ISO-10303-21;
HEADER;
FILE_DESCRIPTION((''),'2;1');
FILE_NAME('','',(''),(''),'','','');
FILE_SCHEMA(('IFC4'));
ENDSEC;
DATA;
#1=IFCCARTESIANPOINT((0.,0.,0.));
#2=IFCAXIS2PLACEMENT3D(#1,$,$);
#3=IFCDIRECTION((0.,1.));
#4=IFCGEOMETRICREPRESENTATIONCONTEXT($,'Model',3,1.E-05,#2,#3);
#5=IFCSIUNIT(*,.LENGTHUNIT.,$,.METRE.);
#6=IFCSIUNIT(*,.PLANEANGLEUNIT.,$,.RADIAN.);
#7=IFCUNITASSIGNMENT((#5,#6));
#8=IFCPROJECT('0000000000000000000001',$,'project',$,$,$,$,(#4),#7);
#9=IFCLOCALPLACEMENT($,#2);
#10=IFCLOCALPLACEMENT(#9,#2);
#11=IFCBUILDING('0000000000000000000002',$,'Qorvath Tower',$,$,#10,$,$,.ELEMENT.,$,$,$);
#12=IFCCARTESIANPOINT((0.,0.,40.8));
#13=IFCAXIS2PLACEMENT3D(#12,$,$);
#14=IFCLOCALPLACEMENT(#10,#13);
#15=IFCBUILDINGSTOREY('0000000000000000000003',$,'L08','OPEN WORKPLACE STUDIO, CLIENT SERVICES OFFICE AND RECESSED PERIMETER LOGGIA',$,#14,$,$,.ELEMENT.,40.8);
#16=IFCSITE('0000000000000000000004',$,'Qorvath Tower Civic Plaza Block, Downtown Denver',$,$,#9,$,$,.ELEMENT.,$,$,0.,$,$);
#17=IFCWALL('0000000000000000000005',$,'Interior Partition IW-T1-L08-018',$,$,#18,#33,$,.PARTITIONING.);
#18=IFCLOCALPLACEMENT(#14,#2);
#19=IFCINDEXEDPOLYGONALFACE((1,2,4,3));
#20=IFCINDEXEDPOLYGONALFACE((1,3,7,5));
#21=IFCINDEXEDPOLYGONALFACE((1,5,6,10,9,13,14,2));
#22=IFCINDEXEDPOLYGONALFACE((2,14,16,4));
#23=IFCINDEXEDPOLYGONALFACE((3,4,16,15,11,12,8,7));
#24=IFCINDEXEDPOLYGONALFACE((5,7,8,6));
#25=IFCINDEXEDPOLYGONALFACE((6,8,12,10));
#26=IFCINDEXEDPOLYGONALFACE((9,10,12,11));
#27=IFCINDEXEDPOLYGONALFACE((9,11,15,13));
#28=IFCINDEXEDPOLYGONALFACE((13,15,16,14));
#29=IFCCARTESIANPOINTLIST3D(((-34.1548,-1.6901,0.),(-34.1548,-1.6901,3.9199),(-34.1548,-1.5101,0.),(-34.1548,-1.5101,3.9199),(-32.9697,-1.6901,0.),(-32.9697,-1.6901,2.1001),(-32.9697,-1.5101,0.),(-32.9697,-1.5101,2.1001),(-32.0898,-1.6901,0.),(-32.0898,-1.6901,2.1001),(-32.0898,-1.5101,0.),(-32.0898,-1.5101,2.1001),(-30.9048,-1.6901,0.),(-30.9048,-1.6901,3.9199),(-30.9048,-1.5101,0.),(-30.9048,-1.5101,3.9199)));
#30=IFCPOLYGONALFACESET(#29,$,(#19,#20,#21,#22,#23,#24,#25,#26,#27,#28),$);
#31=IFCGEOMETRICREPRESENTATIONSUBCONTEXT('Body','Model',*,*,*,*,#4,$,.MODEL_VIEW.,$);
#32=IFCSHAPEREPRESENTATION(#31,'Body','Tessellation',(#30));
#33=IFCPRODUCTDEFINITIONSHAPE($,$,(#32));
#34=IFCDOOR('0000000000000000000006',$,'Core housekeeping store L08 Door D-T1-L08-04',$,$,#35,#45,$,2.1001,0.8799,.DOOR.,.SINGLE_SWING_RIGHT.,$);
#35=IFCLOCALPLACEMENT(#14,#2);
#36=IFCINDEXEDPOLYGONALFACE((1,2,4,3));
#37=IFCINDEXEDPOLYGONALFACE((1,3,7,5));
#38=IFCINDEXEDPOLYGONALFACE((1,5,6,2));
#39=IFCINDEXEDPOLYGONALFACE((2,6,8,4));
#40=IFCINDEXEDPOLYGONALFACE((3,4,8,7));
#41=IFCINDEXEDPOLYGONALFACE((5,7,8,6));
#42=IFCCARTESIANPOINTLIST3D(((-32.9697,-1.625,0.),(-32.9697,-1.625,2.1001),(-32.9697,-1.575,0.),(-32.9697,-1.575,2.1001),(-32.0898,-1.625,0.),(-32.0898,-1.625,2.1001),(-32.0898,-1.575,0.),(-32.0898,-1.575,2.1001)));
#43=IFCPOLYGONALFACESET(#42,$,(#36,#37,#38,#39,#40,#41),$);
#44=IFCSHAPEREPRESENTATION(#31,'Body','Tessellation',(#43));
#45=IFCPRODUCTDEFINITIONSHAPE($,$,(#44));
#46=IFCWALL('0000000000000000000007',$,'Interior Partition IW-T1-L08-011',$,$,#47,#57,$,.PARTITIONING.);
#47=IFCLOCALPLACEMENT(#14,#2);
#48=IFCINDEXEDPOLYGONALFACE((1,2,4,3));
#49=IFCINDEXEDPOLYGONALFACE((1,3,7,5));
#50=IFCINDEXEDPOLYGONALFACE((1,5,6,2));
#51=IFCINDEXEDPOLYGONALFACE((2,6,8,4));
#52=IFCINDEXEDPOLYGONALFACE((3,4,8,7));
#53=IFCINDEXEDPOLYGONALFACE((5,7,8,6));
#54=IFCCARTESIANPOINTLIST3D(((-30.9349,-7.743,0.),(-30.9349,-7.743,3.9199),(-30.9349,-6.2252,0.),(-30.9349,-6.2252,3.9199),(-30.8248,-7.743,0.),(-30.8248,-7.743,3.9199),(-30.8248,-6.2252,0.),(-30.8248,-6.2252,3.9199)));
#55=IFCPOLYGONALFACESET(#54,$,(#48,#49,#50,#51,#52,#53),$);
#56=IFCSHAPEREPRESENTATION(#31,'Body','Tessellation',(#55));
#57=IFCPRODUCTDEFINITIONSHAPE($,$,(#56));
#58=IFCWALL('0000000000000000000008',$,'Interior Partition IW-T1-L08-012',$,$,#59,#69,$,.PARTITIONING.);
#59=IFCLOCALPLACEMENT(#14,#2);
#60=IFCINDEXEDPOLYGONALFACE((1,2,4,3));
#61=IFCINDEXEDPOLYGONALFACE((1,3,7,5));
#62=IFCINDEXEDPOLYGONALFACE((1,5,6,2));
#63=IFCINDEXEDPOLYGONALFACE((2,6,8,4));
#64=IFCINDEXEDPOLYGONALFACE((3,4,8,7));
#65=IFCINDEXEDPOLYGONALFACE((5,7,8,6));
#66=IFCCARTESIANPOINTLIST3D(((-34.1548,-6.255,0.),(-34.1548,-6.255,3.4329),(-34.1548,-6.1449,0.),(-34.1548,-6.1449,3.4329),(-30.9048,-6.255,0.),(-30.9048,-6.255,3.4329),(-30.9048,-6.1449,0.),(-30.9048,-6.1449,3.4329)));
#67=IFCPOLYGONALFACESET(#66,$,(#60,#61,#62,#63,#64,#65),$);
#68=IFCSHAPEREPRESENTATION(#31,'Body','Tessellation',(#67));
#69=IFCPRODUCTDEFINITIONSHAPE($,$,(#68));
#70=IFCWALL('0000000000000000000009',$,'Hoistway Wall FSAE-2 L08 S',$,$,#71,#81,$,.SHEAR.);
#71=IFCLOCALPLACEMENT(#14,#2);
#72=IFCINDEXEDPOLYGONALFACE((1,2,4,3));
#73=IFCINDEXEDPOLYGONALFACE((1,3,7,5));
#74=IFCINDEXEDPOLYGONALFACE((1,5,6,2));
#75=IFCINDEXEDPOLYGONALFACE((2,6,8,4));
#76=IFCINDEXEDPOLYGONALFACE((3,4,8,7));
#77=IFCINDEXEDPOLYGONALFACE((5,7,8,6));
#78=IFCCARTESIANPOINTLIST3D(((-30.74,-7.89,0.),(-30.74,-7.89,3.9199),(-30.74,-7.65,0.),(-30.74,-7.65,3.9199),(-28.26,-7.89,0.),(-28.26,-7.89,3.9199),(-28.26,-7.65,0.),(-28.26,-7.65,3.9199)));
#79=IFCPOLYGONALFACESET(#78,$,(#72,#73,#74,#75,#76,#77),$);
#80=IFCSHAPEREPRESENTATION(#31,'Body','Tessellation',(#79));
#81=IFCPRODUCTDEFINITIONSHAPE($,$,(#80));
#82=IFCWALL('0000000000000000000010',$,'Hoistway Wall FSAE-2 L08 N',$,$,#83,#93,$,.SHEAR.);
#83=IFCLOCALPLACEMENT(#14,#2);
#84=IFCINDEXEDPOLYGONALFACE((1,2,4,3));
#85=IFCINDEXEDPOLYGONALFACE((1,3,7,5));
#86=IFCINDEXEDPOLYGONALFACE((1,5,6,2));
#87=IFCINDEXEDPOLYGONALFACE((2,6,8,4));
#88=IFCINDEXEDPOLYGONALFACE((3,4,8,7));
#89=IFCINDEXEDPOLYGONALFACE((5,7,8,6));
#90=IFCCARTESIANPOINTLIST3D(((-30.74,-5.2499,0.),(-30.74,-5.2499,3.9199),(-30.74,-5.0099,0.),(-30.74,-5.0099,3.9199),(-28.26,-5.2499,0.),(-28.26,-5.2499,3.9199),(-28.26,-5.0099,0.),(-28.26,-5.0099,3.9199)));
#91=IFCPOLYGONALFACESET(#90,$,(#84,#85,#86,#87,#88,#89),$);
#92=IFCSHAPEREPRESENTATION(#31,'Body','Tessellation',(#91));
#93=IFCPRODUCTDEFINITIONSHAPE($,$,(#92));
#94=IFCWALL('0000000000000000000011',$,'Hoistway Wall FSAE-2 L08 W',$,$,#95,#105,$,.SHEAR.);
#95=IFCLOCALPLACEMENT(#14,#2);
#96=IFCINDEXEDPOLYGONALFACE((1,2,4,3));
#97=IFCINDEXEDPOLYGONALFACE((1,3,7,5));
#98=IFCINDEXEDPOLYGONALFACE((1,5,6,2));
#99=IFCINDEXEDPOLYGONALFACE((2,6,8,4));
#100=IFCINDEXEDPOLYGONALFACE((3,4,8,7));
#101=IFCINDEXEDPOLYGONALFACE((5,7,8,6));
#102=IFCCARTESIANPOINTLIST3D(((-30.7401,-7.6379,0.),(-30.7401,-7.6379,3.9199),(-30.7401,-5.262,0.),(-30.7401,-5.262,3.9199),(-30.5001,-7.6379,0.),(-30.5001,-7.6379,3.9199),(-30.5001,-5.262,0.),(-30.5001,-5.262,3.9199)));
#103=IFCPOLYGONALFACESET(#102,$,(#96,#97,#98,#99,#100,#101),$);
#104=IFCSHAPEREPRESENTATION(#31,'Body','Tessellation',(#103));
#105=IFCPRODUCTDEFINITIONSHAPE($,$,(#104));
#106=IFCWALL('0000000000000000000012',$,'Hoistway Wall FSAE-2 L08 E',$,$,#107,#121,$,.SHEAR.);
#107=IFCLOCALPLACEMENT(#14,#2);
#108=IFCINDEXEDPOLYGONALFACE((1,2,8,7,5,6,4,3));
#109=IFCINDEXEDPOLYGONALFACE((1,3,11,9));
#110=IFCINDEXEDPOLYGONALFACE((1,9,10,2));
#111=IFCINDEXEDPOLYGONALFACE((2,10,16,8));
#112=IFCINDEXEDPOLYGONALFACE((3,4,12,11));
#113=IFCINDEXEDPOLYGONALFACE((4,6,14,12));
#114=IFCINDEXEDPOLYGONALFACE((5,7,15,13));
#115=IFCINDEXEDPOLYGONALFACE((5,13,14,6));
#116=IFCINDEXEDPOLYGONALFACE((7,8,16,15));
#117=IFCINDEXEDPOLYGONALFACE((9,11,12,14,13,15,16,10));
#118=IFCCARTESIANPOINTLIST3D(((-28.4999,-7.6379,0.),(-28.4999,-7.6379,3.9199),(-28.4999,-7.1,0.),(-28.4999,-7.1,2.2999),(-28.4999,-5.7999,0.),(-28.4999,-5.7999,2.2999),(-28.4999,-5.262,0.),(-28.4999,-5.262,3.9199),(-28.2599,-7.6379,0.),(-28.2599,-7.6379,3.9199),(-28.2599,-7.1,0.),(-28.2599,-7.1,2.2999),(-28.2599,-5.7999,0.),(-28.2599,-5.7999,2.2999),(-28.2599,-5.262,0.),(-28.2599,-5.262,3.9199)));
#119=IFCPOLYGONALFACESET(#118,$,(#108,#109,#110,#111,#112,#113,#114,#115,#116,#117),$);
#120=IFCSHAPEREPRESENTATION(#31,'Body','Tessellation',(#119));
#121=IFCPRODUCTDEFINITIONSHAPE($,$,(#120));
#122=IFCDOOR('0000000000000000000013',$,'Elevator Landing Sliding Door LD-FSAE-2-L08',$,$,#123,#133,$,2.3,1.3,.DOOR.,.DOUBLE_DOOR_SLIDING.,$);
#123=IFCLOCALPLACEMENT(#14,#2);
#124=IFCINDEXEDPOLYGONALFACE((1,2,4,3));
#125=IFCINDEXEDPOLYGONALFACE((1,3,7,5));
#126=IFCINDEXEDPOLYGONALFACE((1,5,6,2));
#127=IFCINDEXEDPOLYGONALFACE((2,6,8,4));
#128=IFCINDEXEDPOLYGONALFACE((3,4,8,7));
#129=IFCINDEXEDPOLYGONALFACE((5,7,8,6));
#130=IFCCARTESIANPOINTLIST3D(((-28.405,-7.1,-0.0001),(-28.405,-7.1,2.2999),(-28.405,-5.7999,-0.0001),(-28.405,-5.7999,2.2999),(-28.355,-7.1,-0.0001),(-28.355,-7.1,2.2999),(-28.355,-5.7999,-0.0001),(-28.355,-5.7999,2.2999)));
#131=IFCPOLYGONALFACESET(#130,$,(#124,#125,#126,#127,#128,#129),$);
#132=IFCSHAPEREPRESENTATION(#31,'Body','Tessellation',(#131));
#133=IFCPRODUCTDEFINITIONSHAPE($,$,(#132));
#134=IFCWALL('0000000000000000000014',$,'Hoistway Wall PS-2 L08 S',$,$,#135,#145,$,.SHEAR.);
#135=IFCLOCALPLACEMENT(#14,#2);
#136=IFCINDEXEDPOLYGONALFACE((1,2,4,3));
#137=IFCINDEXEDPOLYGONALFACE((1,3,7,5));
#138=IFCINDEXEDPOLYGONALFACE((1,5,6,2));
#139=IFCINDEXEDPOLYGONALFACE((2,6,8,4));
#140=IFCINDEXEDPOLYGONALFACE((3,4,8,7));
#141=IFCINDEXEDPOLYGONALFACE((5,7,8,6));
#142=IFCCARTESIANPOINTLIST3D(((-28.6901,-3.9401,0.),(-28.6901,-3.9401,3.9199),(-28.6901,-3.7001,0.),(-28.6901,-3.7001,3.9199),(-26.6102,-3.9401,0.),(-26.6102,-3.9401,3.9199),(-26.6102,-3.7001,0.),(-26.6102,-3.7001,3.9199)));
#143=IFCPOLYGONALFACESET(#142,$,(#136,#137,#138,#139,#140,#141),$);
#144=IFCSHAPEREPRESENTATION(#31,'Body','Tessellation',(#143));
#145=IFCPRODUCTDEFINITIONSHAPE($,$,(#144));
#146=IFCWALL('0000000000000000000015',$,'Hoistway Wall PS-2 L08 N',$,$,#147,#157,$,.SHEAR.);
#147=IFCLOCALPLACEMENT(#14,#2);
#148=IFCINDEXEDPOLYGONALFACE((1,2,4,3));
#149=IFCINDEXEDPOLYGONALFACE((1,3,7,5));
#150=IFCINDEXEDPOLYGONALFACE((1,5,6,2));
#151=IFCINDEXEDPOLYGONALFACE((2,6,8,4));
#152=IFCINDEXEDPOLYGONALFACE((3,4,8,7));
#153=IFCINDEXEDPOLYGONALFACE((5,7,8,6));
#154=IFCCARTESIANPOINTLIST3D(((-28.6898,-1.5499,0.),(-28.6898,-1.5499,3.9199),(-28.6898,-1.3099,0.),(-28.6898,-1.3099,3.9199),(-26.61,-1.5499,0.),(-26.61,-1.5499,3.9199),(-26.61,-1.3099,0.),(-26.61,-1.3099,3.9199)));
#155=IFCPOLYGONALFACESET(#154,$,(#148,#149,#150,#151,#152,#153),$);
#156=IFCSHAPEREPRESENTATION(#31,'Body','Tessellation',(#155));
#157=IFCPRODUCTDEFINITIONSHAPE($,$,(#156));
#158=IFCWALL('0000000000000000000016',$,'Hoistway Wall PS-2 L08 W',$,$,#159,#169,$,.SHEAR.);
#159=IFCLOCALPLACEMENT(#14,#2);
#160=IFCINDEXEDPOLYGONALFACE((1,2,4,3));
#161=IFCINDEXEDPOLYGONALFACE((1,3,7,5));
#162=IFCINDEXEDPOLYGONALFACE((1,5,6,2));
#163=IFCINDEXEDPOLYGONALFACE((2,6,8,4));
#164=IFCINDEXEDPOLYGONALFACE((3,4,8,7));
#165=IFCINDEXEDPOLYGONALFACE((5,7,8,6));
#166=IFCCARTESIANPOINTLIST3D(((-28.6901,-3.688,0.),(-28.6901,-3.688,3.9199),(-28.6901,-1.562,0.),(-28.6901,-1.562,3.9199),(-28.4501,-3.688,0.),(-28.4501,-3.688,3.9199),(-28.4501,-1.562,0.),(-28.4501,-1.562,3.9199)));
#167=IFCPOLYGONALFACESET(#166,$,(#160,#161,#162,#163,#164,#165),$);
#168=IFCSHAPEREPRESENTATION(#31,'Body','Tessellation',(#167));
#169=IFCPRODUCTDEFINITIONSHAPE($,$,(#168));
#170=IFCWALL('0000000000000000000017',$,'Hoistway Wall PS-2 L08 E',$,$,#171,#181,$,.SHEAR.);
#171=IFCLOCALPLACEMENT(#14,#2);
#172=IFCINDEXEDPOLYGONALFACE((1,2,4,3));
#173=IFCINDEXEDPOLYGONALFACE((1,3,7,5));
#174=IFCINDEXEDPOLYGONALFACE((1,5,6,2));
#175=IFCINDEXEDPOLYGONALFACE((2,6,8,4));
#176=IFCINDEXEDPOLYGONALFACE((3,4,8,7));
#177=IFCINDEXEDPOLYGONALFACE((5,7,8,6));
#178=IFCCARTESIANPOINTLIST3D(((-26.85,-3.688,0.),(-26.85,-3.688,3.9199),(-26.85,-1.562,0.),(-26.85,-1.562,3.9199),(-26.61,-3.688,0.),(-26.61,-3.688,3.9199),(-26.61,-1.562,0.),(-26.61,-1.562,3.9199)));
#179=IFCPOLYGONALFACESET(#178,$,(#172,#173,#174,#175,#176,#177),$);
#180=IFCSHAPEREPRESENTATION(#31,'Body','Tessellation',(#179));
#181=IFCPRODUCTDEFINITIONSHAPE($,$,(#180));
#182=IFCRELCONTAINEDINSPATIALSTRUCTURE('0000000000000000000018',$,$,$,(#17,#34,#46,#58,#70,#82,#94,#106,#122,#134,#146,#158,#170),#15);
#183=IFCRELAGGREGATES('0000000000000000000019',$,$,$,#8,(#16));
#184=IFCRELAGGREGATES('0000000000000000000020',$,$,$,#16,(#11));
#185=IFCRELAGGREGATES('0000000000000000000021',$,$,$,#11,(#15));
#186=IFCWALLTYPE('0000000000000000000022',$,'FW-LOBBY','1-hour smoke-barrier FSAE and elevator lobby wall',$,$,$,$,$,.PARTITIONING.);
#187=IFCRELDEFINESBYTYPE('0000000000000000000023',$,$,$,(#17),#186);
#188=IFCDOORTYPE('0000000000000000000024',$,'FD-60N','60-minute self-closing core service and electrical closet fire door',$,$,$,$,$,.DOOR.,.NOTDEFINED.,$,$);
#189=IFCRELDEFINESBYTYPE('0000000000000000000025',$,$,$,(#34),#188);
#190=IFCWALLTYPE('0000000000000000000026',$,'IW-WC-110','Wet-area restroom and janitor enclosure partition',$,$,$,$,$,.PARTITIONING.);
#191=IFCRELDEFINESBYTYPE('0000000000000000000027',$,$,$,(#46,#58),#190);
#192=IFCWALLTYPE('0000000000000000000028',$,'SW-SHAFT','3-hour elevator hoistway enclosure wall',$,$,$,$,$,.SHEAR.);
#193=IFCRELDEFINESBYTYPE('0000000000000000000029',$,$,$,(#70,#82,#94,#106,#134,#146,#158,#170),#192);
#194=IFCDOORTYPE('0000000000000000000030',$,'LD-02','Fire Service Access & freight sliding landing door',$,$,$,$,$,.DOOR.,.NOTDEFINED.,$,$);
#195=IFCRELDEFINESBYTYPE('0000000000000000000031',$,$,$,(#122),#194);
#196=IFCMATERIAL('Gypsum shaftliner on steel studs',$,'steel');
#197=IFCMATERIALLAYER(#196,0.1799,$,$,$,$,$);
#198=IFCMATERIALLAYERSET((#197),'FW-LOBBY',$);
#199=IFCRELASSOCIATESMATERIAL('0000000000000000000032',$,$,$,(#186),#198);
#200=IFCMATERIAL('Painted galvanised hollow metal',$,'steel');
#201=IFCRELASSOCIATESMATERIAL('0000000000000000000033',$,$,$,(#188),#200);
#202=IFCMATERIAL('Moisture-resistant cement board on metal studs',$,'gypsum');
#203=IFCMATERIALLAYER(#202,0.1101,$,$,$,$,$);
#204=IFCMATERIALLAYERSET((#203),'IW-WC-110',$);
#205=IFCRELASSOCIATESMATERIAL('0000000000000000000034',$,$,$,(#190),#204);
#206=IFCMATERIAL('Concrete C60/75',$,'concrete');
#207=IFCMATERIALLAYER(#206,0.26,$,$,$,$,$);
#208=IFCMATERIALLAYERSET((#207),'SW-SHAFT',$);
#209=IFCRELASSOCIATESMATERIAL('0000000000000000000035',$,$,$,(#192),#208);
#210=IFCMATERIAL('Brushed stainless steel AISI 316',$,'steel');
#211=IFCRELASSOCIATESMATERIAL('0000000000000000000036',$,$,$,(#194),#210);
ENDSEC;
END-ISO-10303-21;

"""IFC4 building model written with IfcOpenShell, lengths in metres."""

from ifc_helpers import new_model, si_unit, direction, frame, frame_2d, origin, place, context, subcontext, project, spatial, rectangle, extrude, material, layer, layer_set, type_object, element, fill, save


model = new_model("IFC4")

# Units and contexts
model_context = context("Model", 3, precision=1e-05, world=origin(), true_north=direction((0.0, 1.0)))
body_context = subcontext(model_context, "Body", "Model", "MODEL_VIEW")
ifc_project = project(units=[si_unit("LENGTHUNIT", "METRE"), si_unit("PLANEANGLEUNIT", "RADIAN")], contexts=[model_context])

# Site, building, storey
site_placement = place(None, origin())
site = spatial("IfcSite", under=ifc_project, at=site_placement, Name="Qorvath Tower Civic Plaza Block, Downtown Denver", CompositionType="ELEMENT", RefElevation=0.0)
building_placement = place(site_placement, origin())
building = spatial("IfcBuilding", under=site, at=building_placement, Name="Qorvath Tower", CompositionType="ELEMENT")
storey_placement = place(building_placement, frame((0.0, 0.0, 40.8)))
storey = spatial("IfcBuildingStorey", under=building, at=storey_placement, Name="L08", Description="OPEN WORKPLACE STUDIO, CLIENT SERVICES OFFICE AND RECESSED PERIMETER LOGGIA", CompositionType="ELEMENT", Elevation=40.8)

# Shared definitions
ifc_material_1 = material(Name="Gypsum shaftliner on steel studs", Category="steel")
ifc_layer_1 = layer(ifc_material_1, 0.1799)
ifc_layer_set_1 = layer_set([ifc_layer_1], Name="FW-LOBBY")
wall_type_1 = type_object("IfcWallType", Name="FW-LOBBY", Description="1-hour smoke-barrier FSAE and elevator lobby wall", PredefinedType="PARTITIONING", material=ifc_layer_set_1)

# Wall, opening, door
wall_1_placement = place(storey_placement, frame((-30.9048, -1.6001, 0.0), z_axis=(0.0, 0.0, 1.0), x_axis=(-1.0, 0.0, 0.0)))
wall_1 = element("IfcWall", 1, at=wall_1_placement, inside=storey, type_object=wall_type_1, Name="Interior Partition IW-T1-L08-018", PredefinedType="PARTITIONING", context=body_context, shape_type="SweptSolid", body=[
    extrude(rectangle(XDim=3.25, YDim=0.1799, at=frame_2d((1.625, 0.0))), origin(), (0.0, 0.0, 1.0), 3.9199),
])
opening_1_placement = place(wall_1_placement, frame((1.1851, 0.0, 0.0)))
opening_1 = element("IfcOpeningElement", 2, at=opening_1_placement, cuts=wall_1, PredefinedType="OPENING", context=body_context, shape_type="SweptSolid", body=[
    extrude(rectangle(XDim=0.8799, YDim=2.1001, at=frame_2d((0.4399, 1.05))), frame((0.0, 0.1001, 0.0), z_axis=(0.0, -1.0, 0.0), x_axis=(1.0, 0.0, 0.0)), (0.0, 0.0, 1.0), 0.2),
])
ifc_material_2 = material(Name="Painted galvanised hollow metal", Category="steel")
door_type_1 = type_object("IfcDoorType", Name="FD-60N", Description="60-minute self-closing core service and electrical closet fire door", OperationType="NOTDEFINED", PredefinedType="DOOR", material=ifc_material_2)
door_1_placement = place(opening_1_placement, origin())
door_1 = element("IfcDoor", 3, at=door_1_placement, inside=storey, type_object=door_type_1, Name="Core housekeeping store L08 Door D-T1-L08-04", OperationType="SINGLE_SWING_RIGHT", OverallHeight=2.1001, OverallWidth=0.8799, PredefinedType="DOOR", context=body_context, shape_type="SweptSolid", body=[
    extrude(rectangle(XDim=0.8799, YDim=2.1001, at=frame_2d((0.4399, 1.05))), frame((0.0, 0.0249, 0.0), z_axis=(0.0, -1.0, 0.0), x_axis=(1.0, 0.0, 0.0)), (0.0, 0.0, 1.0), 0.05),
])
fill(opening_1, door_1)

# Walls
ifc_material_3 = material(Name="Moisture-resistant cement board on metal studs", Category="gypsum")
ifc_layer_2 = layer(ifc_material_3, 0.1101)
ifc_layer_set_2 = layer_set([ifc_layer_2], Name="IW-WC-110")
wall_type_2 = type_object("IfcWallType", Name="IW-WC-110", Description="Wet-area restroom and janitor enclosure partition", PredefinedType="PARTITIONING", material=ifc_layer_set_2)
wall_2_placement = place(storey_placement, frame((-30.8799, -7.7429, 0.0), z_axis=(0.0, 0.0, 1.0), x_axis=(0.0, 1.0, 0.0)))
element("IfcWall", 4, at=wall_2_placement, inside=storey, type_object=wall_type_2, Name="Interior Partition IW-T1-L08-011", PredefinedType="PARTITIONING", context=body_context, shape_type="SweptSolid", body=[
    extrude(rectangle(XDim=1.5178, YDim=0.1101, at=frame_2d((0.7588, 0.0))), origin(), (0.0, 0.0, 1.0), 3.9199),
])
wall_3_placement = place(storey_placement, frame((-30.9048, -6.2, 0.0), z_axis=(0.0, 0.0, 1.0), x_axis=(-1.0, 0.0, 0.0)))
element("IfcWall", 5, at=wall_3_placement, inside=storey, type_object=wall_type_2, Name="Interior Partition IW-T1-L08-012", PredefinedType="PARTITIONING", context=body_context, shape_type="SweptSolid", body=[
    extrude(rectangle(XDim=3.25, YDim=0.1101, at=frame_2d((1.625, 0.0))), origin(), (0.0, 0.0, 1.0), 3.4329),
])
ifc_material_4 = material(Name="Concrete C60/75", Category="concrete")
ifc_layer_3 = layer(ifc_material_4, 0.26)
ifc_layer_set_3 = layer_set([ifc_layer_3], Name="SW-SHAFT")
wall_type_3 = type_object("IfcWallType", Name="SW-SHAFT", Description="3-hour elevator hoistway enclosure wall", PredefinedType="SHEAR", material=ifc_layer_set_3)
for number, where, z_axis, x_axis, name in (
    (6, (-28.26, -7.77, 0.0), (0.0, 0.0, 1.0), (-1.0, 0.0, 0.0), "Hoistway Wall FSAE-2 L08 S"),
    (7, (-30.74, -5.1299, 0.0), (0.0, 0.0, 1.0), (1.0, 0.0, 0.0), "Hoistway Wall FSAE-2 L08 N"),
):
    element("IfcWall", number, at=place(storey_placement, frame(where, z_axis=z_axis, x_axis=x_axis)), inside=storey, type_object=wall_type_3, Name=name, PredefinedType="SHEAR", context=body_context, shape_type="SweptSolid", body=[
        extrude(rectangle(XDim=2.48, YDim=0.24, at=frame_2d((1.24, 0.0))), origin(), (0.0, 0.0, 1.0), 3.9199),
    ])
wall_4_placement = place(storey_placement, frame((-30.6201, -7.6379, 0.0), z_axis=(0.0, 0.0, 1.0), x_axis=(0.0, 1.0, 0.0)))
element("IfcWall", 8, at=wall_4_placement, inside=storey, type_object=wall_type_3, Name="Hoistway Wall FSAE-2 L08 W", PredefinedType="SHEAR", context=body_context, shape_type="SweptSolid", body=[
    extrude(rectangle(XDim=2.376, YDim=0.24, at=frame_2d((1.188, 0.0))), origin(), (0.0, 0.0, 1.0), 3.9199),
])

# Wall, opening, door
wall_5_placement = place(storey_placement, frame((-28.3799, -5.262, 0.0), z_axis=(0.0, 0.0, 1.0), x_axis=(0.0, -1.0, 0.0)))
wall_5 = element("IfcWall", 9, at=wall_5_placement, inside=storey, type_object=wall_type_3, Name="Hoistway Wall FSAE-2 L08 E", PredefinedType="SHEAR", context=body_context, shape_type="SweptSolid", body=[
    extrude(rectangle(XDim=2.376, YDim=0.24, at=frame_2d((1.188, 0.0))), origin(), (0.0, 0.0, 1.0), 3.9199),
])
opening_2_placement = place(wall_5_placement, frame((0.5381, 0.0, 0.0)))
opening_2 = element("IfcOpeningElement", 10, at=opening_2_placement, cuts=wall_5, PredefinedType="OPENING", context=body_context, shape_type="SweptSolid", body=[
    extrude(rectangle(XDim=1.3, YDim=2.3, at=frame_2d((0.6499, 1.1499))), frame((0.0, 0.1299, 0.0), z_axis=(0.0, -1.0, 0.0), x_axis=(1.0, 0.0, 0.0)), (0.0, 0.0, 1.0), 0.26),
])
ifc_material_5 = material(Name="Brushed stainless steel AISI 316", Category="steel")
door_type_2 = type_object("IfcDoorType", Name="LD-02", Description="Fire Service Access & freight sliding landing door", OperationType="NOTDEFINED", PredefinedType="DOOR", material=ifc_material_5)
door_2_placement = place(opening_2_placement, origin())
door_2 = element("IfcDoor", 11, at=door_2_placement, inside=storey, type_object=door_type_2, Name="Elevator Landing Sliding Door LD-FSAE-2-L08", OperationType="DOUBLE_DOOR_SLIDING", OverallHeight=2.3, OverallWidth=1.3, PredefinedType="DOOR", context=body_context, shape_type="SweptSolid", body=[
    extrude(rectangle(XDim=1.3, YDim=2.3, at=frame_2d((0.6499, 1.1499))), frame((0.0, 0.0249, 0.0), z_axis=(0.0, -1.0, 0.0), x_axis=(1.0, 0.0, 0.0)), (0.0, 0.0, 1.0), 0.05),
])
fill(opening_2, door_2)

# Walls
for number, where, z_axis, x_axis, name in (
    (12, (-26.6101, -3.8201, 0.0), (0.0, 0.0, 1.0), (-1.0, 0.0, 0.0), "Hoistway Wall PS-2 L08 S"),
    (13, (-28.6899, -1.4299, 0.0), (0.0, 0.0, 1.0), (1.0, 0.0, 0.0), "Hoistway Wall PS-2 L08 N"),
):
    element("IfcWall", number, at=place(storey_placement, frame(where, z_axis=z_axis, x_axis=x_axis)), inside=storey, type_object=wall_type_3, Name=name, PredefinedType="SHEAR", context=body_context, shape_type="SweptSolid", body=[
        extrude(rectangle(XDim=2.0798, YDim=0.24, at=frame_2d((1.04, 0.0))), origin(), (0.0, 0.0, 1.0), 3.9199),
    ])
for number, where, z_axis, x_axis, name in (
    (14, (-28.5701, -3.688, 0.0), (0.0, 0.0, 1.0), (0.0, 1.0, 0.0), "Hoistway Wall PS-2 L08 W"),
    (15, (-26.73, -1.562, 0.0), (0.0, 0.0, 1.0), (0.0, -1.0, 0.0), "Hoistway Wall PS-2 L08 E"),
):
    element("IfcWall", number, at=place(storey_placement, frame(where, z_axis=z_axis, x_axis=x_axis)), inside=storey, type_object=wall_type_3, Name=name, PredefinedType="SHEAR", context=body_context, shape_type="SweptSolid", body=[
        extrude(rectangle(XDim=2.126, YDim=0.24, at=frame_2d((1.063, 0.0))), origin(), (0.0, 0.0, 1.0), 3.9199),
    ])

save(model, "model.ifc")
